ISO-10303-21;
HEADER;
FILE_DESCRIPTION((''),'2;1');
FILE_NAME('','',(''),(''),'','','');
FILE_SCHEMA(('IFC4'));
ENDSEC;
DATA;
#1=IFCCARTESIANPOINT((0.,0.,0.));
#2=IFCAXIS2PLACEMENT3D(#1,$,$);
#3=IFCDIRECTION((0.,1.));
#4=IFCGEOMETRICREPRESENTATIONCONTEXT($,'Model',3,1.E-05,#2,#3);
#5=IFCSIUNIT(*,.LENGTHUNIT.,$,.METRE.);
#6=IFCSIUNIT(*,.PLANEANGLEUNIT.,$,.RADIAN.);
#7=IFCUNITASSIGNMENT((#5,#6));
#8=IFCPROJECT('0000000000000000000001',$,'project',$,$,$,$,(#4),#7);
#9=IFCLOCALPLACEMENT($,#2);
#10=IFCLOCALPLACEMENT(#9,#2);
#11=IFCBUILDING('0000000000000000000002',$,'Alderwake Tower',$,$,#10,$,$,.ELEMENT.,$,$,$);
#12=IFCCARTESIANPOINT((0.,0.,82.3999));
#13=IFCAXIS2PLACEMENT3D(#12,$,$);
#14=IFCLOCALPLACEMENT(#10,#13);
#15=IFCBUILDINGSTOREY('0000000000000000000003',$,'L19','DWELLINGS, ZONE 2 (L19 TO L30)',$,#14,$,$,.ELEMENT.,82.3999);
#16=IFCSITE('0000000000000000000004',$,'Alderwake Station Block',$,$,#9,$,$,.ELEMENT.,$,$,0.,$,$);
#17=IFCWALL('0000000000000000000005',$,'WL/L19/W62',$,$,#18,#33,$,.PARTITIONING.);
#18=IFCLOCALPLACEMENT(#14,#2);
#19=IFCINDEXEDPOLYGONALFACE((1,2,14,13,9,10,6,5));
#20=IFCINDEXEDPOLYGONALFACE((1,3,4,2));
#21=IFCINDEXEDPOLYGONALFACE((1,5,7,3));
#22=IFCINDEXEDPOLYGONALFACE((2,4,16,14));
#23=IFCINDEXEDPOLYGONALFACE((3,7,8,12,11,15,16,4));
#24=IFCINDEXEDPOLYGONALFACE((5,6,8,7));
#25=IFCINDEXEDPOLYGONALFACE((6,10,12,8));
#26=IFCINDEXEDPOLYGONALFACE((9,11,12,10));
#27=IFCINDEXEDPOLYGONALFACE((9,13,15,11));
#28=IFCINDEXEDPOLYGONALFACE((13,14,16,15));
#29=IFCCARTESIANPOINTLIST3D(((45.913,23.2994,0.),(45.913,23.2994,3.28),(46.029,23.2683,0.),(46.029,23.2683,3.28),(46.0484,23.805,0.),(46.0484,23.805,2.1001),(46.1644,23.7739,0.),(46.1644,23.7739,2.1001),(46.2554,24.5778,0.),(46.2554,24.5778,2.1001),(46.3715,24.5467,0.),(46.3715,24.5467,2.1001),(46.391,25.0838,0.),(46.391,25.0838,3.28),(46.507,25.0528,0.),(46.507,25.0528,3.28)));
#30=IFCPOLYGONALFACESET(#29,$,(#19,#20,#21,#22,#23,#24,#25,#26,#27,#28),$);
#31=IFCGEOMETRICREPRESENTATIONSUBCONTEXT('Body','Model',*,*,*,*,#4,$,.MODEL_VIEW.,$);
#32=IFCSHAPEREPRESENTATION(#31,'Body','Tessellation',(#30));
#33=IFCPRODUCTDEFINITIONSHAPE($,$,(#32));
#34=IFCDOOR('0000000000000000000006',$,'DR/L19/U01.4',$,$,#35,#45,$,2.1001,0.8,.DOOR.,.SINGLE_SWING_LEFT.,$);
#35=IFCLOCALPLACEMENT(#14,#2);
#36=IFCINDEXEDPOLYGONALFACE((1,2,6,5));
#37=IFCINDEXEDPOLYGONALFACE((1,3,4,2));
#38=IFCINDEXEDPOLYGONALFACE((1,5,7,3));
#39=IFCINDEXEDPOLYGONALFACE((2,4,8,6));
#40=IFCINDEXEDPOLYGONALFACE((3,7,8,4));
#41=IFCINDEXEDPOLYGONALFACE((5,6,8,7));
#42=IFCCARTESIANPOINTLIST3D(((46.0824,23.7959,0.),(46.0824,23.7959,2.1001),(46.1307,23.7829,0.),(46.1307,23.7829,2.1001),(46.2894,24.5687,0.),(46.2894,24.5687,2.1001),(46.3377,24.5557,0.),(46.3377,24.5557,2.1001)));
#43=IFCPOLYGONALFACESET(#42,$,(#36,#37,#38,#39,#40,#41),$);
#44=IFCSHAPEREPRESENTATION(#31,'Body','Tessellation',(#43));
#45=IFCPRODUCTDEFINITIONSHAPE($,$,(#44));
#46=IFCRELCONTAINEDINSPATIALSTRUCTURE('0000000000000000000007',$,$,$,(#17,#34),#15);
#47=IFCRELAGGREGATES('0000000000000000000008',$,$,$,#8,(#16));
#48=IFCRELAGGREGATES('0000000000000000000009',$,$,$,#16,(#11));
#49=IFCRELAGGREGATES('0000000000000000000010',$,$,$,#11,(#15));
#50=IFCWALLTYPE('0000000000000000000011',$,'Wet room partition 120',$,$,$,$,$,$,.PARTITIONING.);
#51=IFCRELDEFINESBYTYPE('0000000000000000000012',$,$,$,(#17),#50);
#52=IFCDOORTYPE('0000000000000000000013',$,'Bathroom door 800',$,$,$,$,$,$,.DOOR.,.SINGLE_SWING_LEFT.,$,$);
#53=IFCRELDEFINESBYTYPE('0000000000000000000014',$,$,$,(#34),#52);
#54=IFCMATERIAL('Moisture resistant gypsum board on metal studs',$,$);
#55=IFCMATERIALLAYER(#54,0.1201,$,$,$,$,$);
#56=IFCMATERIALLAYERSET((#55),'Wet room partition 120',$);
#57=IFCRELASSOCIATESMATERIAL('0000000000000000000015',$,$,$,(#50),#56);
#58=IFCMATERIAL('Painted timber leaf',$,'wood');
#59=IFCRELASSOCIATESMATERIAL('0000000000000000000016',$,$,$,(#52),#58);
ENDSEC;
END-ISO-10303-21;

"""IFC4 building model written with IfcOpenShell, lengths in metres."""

from ifc_helpers import new_model, si_unit, direction, frame, frame_2d, origin, place, context, subcontext, project, spatial, rectangle, extrude, material, layer, layer_set, type_object, element, fill, save


model = new_model("IFC4")

# Units and contexts
model_context = context("Model", 3, precision=1e-05, world=origin(), true_north=direction((0.0, 1.0)))
body_context = subcontext(model_context, "Body", "Model", "MODEL_VIEW")
ifc_project = project(units=[si_unit("LENGTHUNIT", "METRE"), si_unit("PLANEANGLEUNIT", "RADIAN")], contexts=[model_context])

# Site, building, storey
site_placement = place(None, origin())
site = spatial("IfcSite", under=ifc_project, at=site_placement, Name="Alderwake Station Block", CompositionType="ELEMENT", RefElevation=0.0)
building_placement = place(site_placement, origin())
building = spatial("IfcBuilding", under=site, at=building_placement, Name="Alderwake Tower", CompositionType="ELEMENT")
storey_placement = place(building_placement, frame((0.0, 0.0, 82.3999)))
storey = spatial("IfcBuildingStorey", under=building, at=storey_placement, Name="L19", Description="DWELLINGS, ZONE 2 (L19 TO L30)", CompositionType="ELEMENT", Elevation=82.3999)

# Shared definitions
ifc_material_1 = material(Name="Moisture resistant gypsum board on metal studs")
ifc_layer_1 = layer(ifc_material_1, 0.1201)
ifc_layer_set_1 = layer_set([ifc_layer_1], Name="Wet room partition 120")
wall_type_1 = type_object("IfcWallType", Name="Wet room partition 120", PredefinedType="PARTITIONING", material=ifc_layer_set_1)

# Wall, opening, door
ifc_material_2 = material(Name="Painted timber leaf", Category="wood")
door_type_1 = type_object("IfcDoorType", Name="Bathroom door 800", OperationType="SINGLE_SWING_LEFT", PredefinedType="DOOR", material=ifc_material_2)
wall_1_placement = place(storey_placement, frame((45.9709, 23.2837, 0.0), z_axis=(0.0, 0.0, 1.0), x_axis=(0.258765, 0.96594, 0.0)))
wall_1 = element("IfcWall", 1, at=wall_1_placement, inside=storey, type_object=wall_type_1, Name="WL/L19/W62", PredefinedType="PARTITIONING", context=body_context, shape_type="SweptSolid", body=[
    extrude(rectangle(XDim=1.8474, YDim=0.1201, at=frame_2d((0.9238, 0.0))), origin(), (0.0, 0.0, 1.0), 3.28),
])
opening_1_placement = place(wall_1_placement, frame((0.5237, 0.0, 0.0)))
opening_1 = element("IfcOpeningElement", 2, at=opening_1_placement, cuts=wall_1, PredefinedType="OPENING", context=body_context, shape_type="SweptSolid", body=[
    extrude(rectangle(XDim=0.8, YDim=2.1001, at=frame_2d((0.3999, 1.05))), frame((0.0, 0.0701, 0.0), z_axis=(0.0, -1.0, 0.0), x_axis=(1.0, 0.0, 0.0)), (0.0, 0.0, 1.0), 0.1401),
])
door_1_placement = place(opening_1_placement, origin())
door_1 = element("IfcDoor", 3, at=door_1_placement, inside=storey, type_object=door_type_1, Name="DR/L19/U01.4", OperationType="SINGLE_SWING_LEFT", OverallHeight=2.1001, OverallWidth=0.8, PredefinedType="DOOR", context=body_context, shape_type="SweptSolid", body=[
    extrude(rectangle(XDim=0.8, YDim=2.1001, at=frame_2d((0.3999, 1.05))), frame((0.0, 0.0249, 0.0), z_axis=(0.0, -1.0, 0.0), x_axis=(1.0, 0.0, 0.0)), (0.0, 0.0, 1.0), 0.05),
])
fill(opening_1, door_1)

save(model, "model.ifc")
